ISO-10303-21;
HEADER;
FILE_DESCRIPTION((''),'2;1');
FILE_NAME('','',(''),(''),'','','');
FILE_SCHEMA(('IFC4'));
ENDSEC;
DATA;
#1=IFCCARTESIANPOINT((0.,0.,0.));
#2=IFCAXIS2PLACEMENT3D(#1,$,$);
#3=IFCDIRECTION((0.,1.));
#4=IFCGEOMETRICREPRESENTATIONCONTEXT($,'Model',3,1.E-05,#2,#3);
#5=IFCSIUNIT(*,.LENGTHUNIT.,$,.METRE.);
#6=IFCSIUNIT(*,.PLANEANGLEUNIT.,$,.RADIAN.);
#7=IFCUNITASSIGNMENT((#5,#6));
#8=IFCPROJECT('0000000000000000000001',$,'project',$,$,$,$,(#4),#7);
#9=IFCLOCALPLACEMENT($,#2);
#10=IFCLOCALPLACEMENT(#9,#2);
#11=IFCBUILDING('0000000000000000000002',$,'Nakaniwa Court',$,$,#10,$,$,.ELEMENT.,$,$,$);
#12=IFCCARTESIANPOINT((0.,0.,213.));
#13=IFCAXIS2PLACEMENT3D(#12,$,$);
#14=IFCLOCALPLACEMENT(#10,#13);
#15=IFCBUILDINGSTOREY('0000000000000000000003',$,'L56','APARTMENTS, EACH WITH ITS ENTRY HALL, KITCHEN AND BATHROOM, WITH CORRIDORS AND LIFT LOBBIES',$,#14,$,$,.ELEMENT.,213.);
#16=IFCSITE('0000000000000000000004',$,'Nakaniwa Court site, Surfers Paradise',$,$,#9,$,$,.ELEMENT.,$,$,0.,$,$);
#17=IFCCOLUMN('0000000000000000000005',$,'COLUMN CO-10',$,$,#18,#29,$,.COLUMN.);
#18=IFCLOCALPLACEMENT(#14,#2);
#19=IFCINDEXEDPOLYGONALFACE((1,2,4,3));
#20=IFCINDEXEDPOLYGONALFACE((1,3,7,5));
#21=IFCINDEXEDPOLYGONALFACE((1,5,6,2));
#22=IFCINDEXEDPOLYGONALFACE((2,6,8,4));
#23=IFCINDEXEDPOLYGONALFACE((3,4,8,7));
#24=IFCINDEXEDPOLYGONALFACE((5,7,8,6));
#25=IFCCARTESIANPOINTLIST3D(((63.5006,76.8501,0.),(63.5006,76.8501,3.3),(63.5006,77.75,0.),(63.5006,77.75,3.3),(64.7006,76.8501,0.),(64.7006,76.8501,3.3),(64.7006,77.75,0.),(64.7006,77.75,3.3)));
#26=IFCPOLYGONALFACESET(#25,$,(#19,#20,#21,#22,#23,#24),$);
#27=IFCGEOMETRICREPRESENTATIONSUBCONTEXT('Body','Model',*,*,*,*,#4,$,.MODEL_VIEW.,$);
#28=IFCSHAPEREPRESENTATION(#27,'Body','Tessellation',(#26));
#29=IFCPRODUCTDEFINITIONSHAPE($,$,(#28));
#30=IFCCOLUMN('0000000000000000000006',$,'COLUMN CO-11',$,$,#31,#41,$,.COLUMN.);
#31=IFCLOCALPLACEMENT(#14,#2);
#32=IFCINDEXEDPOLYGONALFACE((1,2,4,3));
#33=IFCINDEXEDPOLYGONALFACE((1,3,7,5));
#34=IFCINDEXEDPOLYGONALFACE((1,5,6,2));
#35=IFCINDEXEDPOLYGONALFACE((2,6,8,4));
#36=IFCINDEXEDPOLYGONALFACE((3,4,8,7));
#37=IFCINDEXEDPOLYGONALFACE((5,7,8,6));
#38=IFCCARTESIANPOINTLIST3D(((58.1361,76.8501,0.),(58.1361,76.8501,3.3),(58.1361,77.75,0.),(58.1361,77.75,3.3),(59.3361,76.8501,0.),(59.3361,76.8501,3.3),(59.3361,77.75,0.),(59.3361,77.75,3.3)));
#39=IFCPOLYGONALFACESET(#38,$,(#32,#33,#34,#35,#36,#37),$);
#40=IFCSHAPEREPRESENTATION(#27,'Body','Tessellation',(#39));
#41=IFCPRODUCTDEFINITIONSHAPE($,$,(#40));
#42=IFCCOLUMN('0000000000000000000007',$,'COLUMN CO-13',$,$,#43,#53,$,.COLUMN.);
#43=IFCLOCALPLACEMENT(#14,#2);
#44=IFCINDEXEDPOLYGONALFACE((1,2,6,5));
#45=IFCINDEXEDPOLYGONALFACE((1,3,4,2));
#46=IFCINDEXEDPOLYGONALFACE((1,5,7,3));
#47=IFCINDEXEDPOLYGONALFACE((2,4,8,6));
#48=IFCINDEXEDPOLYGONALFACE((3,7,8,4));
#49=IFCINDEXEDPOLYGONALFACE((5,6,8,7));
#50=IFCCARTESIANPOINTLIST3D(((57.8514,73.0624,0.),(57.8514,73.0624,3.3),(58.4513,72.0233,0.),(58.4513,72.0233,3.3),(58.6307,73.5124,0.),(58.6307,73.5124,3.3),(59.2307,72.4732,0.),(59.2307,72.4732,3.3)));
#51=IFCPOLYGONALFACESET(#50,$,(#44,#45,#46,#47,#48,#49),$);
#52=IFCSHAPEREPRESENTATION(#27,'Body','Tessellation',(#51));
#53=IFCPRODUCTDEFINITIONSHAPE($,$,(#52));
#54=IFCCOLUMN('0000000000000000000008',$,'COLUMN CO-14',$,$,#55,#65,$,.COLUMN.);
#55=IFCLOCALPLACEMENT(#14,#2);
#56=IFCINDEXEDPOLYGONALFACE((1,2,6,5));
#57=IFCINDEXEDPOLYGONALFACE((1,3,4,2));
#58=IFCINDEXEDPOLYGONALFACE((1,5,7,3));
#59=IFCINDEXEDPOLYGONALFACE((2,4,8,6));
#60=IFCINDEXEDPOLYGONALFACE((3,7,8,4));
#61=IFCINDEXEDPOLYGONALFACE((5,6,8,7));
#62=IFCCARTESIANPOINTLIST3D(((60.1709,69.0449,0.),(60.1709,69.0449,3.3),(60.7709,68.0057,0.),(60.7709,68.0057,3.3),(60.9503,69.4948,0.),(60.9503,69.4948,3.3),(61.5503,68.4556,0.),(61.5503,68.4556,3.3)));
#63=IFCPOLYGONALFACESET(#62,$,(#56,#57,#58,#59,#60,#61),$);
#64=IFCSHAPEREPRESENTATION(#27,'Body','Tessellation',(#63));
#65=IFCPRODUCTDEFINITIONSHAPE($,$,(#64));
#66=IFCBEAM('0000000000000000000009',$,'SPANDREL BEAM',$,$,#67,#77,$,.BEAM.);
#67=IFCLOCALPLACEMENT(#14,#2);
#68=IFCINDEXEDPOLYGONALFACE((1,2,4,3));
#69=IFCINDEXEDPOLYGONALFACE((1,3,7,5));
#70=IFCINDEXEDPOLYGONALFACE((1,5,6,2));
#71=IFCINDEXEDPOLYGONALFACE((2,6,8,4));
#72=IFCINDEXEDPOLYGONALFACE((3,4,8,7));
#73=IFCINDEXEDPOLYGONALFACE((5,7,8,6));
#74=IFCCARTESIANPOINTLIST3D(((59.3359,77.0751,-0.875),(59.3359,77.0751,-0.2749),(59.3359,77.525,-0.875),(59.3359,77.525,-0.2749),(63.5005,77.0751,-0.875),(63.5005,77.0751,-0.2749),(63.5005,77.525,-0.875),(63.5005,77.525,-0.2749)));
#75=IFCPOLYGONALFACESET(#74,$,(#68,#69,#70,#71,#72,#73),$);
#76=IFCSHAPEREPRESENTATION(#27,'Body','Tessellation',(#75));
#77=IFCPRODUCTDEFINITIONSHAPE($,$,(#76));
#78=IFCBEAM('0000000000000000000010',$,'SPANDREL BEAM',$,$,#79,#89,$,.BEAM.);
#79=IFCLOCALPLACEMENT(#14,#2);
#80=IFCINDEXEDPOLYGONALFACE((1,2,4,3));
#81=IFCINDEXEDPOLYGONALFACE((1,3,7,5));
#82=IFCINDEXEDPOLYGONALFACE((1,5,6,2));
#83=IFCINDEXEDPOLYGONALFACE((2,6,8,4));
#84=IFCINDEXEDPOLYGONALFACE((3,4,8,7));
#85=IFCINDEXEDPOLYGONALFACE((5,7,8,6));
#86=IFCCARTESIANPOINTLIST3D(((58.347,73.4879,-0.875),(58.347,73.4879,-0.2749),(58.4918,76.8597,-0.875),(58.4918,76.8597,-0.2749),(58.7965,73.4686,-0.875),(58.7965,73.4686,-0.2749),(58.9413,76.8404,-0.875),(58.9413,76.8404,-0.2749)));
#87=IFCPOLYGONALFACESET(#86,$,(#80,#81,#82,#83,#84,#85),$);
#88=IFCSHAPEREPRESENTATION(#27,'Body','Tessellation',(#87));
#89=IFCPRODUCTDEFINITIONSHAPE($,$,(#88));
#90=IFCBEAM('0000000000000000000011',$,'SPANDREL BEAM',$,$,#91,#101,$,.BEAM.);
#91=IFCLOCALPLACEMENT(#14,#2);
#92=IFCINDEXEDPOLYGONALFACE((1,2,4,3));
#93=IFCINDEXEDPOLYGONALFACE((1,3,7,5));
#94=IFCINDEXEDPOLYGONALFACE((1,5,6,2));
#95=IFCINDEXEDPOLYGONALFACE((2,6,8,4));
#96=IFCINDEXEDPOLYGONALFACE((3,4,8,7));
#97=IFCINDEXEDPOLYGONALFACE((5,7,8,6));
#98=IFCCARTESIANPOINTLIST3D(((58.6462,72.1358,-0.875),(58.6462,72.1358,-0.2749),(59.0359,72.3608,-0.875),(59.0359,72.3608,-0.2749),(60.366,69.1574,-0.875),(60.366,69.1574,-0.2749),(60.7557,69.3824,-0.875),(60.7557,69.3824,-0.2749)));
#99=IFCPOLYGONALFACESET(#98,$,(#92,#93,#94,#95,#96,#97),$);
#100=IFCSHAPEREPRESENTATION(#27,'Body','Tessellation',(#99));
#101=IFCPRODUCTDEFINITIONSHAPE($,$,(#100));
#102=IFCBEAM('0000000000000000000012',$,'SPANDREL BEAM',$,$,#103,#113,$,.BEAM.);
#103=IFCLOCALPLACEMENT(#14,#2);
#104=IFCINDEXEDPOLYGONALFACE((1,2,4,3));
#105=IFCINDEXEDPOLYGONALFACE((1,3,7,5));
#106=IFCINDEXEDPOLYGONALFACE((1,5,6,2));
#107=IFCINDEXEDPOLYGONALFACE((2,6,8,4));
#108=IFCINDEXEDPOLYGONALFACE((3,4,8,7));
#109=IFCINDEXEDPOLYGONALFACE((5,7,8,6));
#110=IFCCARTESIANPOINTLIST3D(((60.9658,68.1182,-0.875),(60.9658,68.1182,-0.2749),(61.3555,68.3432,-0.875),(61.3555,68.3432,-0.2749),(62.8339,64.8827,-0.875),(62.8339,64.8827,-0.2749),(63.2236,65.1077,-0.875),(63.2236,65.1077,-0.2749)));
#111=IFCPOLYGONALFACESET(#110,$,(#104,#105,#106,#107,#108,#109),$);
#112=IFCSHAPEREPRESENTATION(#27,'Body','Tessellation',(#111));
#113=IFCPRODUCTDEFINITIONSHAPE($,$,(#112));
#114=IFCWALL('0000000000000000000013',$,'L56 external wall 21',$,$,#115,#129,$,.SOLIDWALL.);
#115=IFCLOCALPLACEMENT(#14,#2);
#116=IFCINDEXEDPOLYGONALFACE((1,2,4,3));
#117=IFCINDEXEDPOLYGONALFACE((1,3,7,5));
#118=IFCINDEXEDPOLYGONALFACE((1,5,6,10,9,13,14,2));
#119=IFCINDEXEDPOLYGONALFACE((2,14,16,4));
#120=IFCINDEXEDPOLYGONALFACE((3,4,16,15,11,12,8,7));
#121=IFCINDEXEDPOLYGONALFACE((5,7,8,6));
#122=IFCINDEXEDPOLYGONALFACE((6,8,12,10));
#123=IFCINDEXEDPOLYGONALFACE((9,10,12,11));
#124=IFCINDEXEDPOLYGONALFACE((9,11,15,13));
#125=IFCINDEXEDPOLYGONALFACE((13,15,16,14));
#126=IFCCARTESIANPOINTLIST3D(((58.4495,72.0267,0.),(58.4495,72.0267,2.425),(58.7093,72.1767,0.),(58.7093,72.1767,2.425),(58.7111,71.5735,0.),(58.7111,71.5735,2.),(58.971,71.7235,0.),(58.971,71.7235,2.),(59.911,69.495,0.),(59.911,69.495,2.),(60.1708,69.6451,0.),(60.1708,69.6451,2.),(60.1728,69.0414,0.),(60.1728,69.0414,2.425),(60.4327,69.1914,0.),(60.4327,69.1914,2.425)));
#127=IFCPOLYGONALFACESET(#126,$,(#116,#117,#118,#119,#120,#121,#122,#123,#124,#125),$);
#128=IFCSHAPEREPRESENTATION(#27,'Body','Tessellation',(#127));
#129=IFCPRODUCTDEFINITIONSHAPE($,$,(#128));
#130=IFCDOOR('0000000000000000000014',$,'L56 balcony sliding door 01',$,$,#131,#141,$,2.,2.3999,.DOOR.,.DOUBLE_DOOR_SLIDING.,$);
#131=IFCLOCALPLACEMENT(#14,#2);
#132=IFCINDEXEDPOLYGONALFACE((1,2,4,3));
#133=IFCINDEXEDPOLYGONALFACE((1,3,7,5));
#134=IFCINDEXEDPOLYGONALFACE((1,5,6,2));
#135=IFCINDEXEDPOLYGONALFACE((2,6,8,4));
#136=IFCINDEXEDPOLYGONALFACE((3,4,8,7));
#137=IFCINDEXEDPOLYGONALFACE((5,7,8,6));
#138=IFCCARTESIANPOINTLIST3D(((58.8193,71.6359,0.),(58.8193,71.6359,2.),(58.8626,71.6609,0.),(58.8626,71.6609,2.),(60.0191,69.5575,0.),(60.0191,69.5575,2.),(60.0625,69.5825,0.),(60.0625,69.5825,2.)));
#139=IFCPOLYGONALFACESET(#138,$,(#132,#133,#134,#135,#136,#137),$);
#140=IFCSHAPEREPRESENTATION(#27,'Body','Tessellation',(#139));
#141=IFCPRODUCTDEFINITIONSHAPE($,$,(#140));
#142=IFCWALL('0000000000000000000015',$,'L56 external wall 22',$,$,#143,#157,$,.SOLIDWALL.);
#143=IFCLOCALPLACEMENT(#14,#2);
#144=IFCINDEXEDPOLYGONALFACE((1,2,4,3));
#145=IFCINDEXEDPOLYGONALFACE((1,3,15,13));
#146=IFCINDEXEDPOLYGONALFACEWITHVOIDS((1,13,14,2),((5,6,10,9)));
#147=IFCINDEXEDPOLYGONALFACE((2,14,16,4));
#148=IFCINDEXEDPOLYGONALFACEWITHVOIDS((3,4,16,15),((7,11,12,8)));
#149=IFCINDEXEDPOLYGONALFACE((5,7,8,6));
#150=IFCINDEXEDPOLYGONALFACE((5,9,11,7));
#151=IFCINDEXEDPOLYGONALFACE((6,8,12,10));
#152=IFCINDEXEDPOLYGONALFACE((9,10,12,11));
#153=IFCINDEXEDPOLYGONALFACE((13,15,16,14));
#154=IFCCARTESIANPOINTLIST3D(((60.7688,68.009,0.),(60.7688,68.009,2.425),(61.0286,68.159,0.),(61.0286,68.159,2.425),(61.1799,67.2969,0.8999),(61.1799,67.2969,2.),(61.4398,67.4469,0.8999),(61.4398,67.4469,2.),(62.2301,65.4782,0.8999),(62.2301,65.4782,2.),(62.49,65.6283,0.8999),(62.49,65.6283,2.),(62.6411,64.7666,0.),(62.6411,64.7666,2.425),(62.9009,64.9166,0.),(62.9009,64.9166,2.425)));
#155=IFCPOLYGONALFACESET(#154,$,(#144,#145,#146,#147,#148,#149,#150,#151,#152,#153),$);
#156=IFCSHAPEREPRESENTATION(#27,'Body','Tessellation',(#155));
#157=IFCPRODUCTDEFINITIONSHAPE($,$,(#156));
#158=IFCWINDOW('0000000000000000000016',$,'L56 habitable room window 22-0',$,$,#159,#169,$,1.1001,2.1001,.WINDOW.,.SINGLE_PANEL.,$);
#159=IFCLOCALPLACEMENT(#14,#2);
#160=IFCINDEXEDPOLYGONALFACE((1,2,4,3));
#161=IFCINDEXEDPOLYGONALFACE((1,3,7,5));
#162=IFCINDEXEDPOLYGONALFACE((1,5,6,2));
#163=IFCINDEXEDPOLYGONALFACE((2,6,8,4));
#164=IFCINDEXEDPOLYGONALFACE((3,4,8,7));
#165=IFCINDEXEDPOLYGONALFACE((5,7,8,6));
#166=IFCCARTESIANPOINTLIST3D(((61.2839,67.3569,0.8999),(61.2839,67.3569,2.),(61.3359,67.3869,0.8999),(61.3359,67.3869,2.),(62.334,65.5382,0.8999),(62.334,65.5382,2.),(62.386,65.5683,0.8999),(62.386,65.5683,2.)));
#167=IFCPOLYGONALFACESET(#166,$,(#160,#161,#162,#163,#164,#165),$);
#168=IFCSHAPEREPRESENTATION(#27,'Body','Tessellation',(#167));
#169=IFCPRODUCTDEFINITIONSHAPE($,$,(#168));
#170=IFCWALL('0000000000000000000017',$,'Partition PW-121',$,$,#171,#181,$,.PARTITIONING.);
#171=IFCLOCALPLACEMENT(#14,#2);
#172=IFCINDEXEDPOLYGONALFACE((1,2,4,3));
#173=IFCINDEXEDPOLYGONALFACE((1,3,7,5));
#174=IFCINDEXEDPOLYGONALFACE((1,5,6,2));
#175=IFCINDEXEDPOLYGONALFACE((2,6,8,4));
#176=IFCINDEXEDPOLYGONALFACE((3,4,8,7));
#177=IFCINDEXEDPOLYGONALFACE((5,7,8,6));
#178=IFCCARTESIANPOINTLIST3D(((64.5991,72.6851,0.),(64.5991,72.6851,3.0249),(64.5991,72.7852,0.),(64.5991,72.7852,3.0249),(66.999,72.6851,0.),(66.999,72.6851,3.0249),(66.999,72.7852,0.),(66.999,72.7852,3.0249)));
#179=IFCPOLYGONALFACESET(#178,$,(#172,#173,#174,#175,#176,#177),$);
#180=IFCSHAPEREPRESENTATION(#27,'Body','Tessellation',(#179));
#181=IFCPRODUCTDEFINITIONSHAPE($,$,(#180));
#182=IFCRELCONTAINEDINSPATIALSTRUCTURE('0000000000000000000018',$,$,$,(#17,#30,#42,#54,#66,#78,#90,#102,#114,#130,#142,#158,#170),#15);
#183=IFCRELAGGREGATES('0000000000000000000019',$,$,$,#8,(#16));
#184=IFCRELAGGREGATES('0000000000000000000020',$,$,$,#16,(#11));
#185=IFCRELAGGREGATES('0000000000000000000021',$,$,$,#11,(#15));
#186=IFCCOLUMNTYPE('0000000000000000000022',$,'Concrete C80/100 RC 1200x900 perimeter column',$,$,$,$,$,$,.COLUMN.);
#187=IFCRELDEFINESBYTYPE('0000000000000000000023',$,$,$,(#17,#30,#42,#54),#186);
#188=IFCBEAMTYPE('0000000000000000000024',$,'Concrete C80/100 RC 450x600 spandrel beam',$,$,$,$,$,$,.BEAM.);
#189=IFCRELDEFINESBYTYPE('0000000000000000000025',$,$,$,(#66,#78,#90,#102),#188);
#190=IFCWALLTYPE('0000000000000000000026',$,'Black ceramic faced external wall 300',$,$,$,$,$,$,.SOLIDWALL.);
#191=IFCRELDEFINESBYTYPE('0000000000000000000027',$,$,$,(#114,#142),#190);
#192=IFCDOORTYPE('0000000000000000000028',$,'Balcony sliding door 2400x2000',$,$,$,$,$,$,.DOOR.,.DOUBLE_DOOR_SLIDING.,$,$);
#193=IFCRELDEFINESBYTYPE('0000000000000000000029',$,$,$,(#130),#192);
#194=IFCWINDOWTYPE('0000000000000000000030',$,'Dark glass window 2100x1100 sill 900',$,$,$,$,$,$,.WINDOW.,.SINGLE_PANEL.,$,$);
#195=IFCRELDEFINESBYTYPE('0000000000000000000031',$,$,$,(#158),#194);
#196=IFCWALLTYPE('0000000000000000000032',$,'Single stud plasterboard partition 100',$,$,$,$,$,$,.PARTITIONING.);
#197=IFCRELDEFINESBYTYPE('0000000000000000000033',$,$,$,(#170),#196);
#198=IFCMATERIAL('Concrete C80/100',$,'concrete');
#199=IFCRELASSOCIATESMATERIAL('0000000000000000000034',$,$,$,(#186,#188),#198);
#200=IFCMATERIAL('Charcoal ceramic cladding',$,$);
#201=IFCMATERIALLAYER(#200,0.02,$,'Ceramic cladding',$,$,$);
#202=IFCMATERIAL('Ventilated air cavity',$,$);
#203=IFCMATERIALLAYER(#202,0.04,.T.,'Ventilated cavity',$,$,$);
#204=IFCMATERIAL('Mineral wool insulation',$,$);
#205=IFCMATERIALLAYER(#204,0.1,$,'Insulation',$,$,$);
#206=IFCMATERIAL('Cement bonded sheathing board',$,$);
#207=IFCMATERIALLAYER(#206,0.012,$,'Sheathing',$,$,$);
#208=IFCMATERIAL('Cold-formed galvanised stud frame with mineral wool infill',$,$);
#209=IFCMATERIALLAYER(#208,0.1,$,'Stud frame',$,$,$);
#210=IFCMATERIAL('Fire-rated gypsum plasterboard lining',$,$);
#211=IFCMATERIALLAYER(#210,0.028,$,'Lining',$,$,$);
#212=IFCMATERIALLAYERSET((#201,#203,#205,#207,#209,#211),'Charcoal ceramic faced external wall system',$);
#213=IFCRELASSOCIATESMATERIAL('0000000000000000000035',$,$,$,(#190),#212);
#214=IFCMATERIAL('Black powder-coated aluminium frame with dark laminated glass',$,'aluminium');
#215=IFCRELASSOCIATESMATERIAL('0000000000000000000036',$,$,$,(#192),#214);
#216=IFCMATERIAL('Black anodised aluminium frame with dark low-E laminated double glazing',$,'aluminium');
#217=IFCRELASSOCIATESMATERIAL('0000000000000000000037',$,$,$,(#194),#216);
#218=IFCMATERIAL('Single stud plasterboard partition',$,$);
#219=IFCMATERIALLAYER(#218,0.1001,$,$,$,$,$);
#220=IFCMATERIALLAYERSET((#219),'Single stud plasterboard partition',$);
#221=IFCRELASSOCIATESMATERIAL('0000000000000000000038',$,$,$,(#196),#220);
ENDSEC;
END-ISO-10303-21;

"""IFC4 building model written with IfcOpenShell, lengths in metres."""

from ifc_helpers import new_model, si_unit, direction, frame, frame_2d, origin, origin_2d, place, context, subcontext, project, spatial, rectangle, extrude, material, layer, layer_set, material_profile, profile_set, type_object, element, fill, save


model = new_model("IFC4")

# Units and contexts
model_context = context("Model", 3, precision=1e-05, world=origin(), true_north=direction((0.0, 1.0)))
body_context = subcontext(model_context, "Body", "Model", "MODEL_VIEW")
ifc_project = project(units=[si_unit("LENGTHUNIT", "METRE"), si_unit("PLANEANGLEUNIT", "RADIAN")], contexts=[model_context])

# Site, building, storey
site_placement = place(None, origin())
site = spatial("IfcSite", under=ifc_project, at=site_placement, Name="Nakaniwa Court site, Surfers Paradise", CompositionType="ELEMENT", RefElevation=0.0)
building_placement = place(site_placement, origin())
building = spatial("IfcBuilding", under=site, at=building_placement, Name="Nakaniwa Court", CompositionType="ELEMENT")
storey_placement = place(building_placement, frame((0.0, 0.0, 213.0)))
storey = spatial("IfcBuildingStorey", under=building, at=storey_placement, Name="L56", Description="APARTMENTS, EACH WITH ITS ENTRY HALL, KITCHEN AND BATHROOM, WITH CORRIDORS AND LIFT LOBBIES", CompositionType="ELEMENT", Elevation=213.0)

# Columns
ifc_material_1 = material(Name="Concrete C80/100", Category="concrete")
ifc_material_profile_1 = material_profile(ifc_material_1, rectangle(XDim=1.2, YDim=0.8999, at=origin_2d()), Name="Concrete C80/100 RC 1200x900 perimeter column")
ifc_profile_set_1 = profile_set([ifc_material_profile_1], Name="Concrete C80/100")
column_type = type_object("IfcColumnType", Name="Concrete C80/100 RC 1200x900 perimeter column", PredefinedType="COLUMN", material=ifc_profile_set_1)
for number, where, z_axis, x_axis, name in (
    (1, (64.1006, 77.3, 0.0), (0.0, 0.0, 1.0), (-1.0, 0.0, 0.0), "COLUMN CO-10"),
    (2, (58.7361, 77.3, 0.0), (0.0, 0.0, 1.0), (-1.0, 0.0, 0.0), "COLUMN CO-11"),
    (3, (58.541, 72.7678, 0.0), (0.0, 0.0, 1.0), (0.5, -0.866025, 0.0), "COLUMN CO-13"),
    (4, (60.8606, 68.7502, 0.0), (0.0, 0.0, 1.0), (0.5, -0.866025, 0.0), "COLUMN CO-14"),
):
    element("IfcColumn", number, at=place(storey_placement, frame(where, z_axis=z_axis, x_axis=x_axis)), inside=storey, type_object=column_type, Name=name, PredefinedType="COLUMN", context=body_context, shape_type="SweptSolid", body=[
        extrude(rectangle(XDim=1.2, YDim=0.8999, at=origin_2d()), origin(), (0.0, 0.0, 1.0), 3.3),
    ])

# Beams
ifc_material_profile_2 = material_profile(ifc_material_1, rectangle(XDim=0.45, YDim=0.6001, at=origin_2d()), Name="Concrete C80/100 RC 450x600 spandrel beam")
ifc_profile_set_2 = profile_set([ifc_material_profile_2], Name="Concrete C80/100")
beam_type = type_object("IfcBeamType", Name="Concrete C80/100 RC 450x600 spandrel beam", PredefinedType="BEAM", material=ifc_profile_set_2)
beam_1_placement = place(storey_placement, frame((63.5005, 77.3, -0.575), z_axis=(-1.0, 0.0, 0.0), x_axis=(0.0, -1.0, 0.0)))
element("IfcBeam", 5, at=beam_1_placement, inside=storey, type_object=beam_type, Name="SPANDREL BEAM", PredefinedType="BEAM", context=body_context, shape_type="SweptSolid", body=[
    extrude(rectangle(XDim=0.45, YDim=0.6001, at=origin_2d()), origin(), (0.0, 0.0, 1.0), 4.1646),
])
beam_2_placement = place(storey_placement, frame((58.7166, 76.8501, -0.575), z_axis=(-0.042897, -0.999079, 0.0), x_axis=(0.999079, -0.042897, 0.0)))
element("IfcBeam", 6, at=beam_2_placement, inside=storey, type_object=beam_type, Name="SPANDREL BEAM", PredefinedType="BEAM", context=body_context, shape_type="SweptSolid", body=[
    extrude(rectangle(XDim=0.45, YDim=0.6001, at=origin_2d()), origin(), (0.0, 0.0, 1.0), 3.375),
])
beam_3_placement = place(storey_placement, frame((58.8411, 72.2483, -0.575), z_axis=(0.500048, -0.865998, 0.0), x_axis=(0.865998, 0.500048, 0.0)))
element("IfcBeam", 7, at=beam_3_placement, inside=storey, type_object=beam_type, Name="SPANDREL BEAM", PredefinedType="BEAM", context=body_context, shape_type="SweptSolid", body=[
    extrude(rectangle(XDim=0.45, YDim=0.6001, at=origin_2d()), origin(), (0.0, 0.0, 1.0), 3.4392),
])
beam_4_placement = place(storey_placement, frame((61.1606, 68.2307, -0.575), z_axis=(0.500018, -0.866015, 0.0), x_axis=(0.866015, 0.500018, 0.0)))
element("IfcBeam", 8, at=beam_4_placement, inside=storey, type_object=beam_type, Name="SPANDREL BEAM", PredefinedType="BEAM", context=body_context, shape_type="SweptSolid", body=[
    extrude(rectangle(XDim=0.45, YDim=0.6001, at=origin_2d()), origin(), (0.0, 0.0, 1.0), 3.7361),
])

# Wall, opening, door
ifc_material_2 = material(Name="Charcoal ceramic cladding")
ifc_layer_1 = layer(ifc_material_2, 0.02, Name="Ceramic cladding")
ifc_material_3 = material(Name="Ventilated air cavity")
ifc_layer_2 = layer(ifc_material_3, 0.04, ventilated=True, Name="Ventilated cavity")
ifc_material_4 = material(Name="Mineral wool insulation")
ifc_layer_3 = layer(ifc_material_4, 0.1, Name="Insulation")
ifc_material_5 = material(Name="Cement bonded sheathing board")
ifc_layer_4 = layer(ifc_material_5, 0.012, Name="Sheathing")
ifc_material_6 = material(Name="Cold-formed galvanised stud frame with mineral wool infill")
ifc_layer_5 = layer(ifc_material_6, 0.1, Name="Stud frame")
ifc_material_7 = material(Name="Fire-rated gypsum plasterboard lining")
ifc_layer_6 = layer(ifc_material_7, 0.028, Name="Lining")
ifc_layer_set_1 = layer_set([ifc_layer_1, ifc_layer_2, ifc_layer_3, ifc_layer_4, ifc_layer_5, ifc_layer_6], Name="Charcoal ceramic faced external wall system")
wall_type_1 = type_object("IfcWallType", Name="Black ceramic faced external wall 300", PredefinedType="SOLIDWALL", material=ifc_layer_set_1)
wall_1_placement = place(storey_placement, frame((58.5793, 72.1018, 0.0), z_axis=(0.0, 0.0, 1.0), x_axis=(0.499955, -0.866051, 0.0)))
wall_1 = element("IfcWall", 9, at=wall_1_placement, inside=storey, type_object=wall_type_1, Name="L56 external wall 21", PredefinedType="SOLIDWALL", context=body_context, shape_type="SweptSolid", body=[
    extrude(rectangle(XDim=3.447, YDim=0.3, at=frame_2d((1.7236, 0.0))), origin(), (0.0, 0.0, 1.0), 2.425),
])
opening_1_placement = place(wall_1_placement, frame((0.5234, 0.0, 0.0)))
opening_1 = element("IfcOpeningElement", 10, at=opening_1_placement, cuts=wall_1, PredefinedType="OPENING", context=body_context, shape_type="SweptSolid", body=[
    extrude(rectangle(XDim=2.3999, YDim=2.0, at=frame_2d((1.2, 1.0))), frame((0.0, 0.1599, 0.0), z_axis=(0.0, -1.0, 0.0), x_axis=(1.0, 0.0, 0.0)), (0.0, 0.0, 1.0), 0.3201),
])
ifc_material_8 = material(Name="Black powder-coated aluminium frame with dark laminated glass", Category="aluminium")
door_type_1 = type_object("IfcDoorType", Name="Balcony sliding door 2400x2000", OperationType="DOUBLE_DOOR_SLIDING", PredefinedType="DOOR", material=ifc_material_8)
door_1_placement = place(opening_1_placement, origin())
door_1 = element("IfcDoor", 11, at=door_1_placement, inside=storey, type_object=door_type_1, Name="L56 balcony sliding door 01", OperationType="DOUBLE_DOOR_SLIDING", OverallHeight=2.0, OverallWidth=2.3999, PredefinedType="DOOR", context=body_context, shape_type="SweptSolid", body=[
    extrude(rectangle(XDim=2.3999, YDim=2.0, at=frame_2d((1.2, 1.0))), frame((0.0, 0.0249, 0.0), z_axis=(0.0, -1.0, 0.0), x_axis=(1.0, 0.0, 0.0)), (0.0, 0.0, 1.0), 0.05),
])
fill(opening_1, door_1)

# Wall, opening, window
wall_2_placement = place(storey_placement, frame((60.8987, 68.084, 0.0), z_axis=(0.0, 0.0, 1.0), x_axis=(0.500059, -0.865991, 0.0)))
wall_2 = element("IfcWall", 12, at=wall_2_placement, inside=storey, type_object=wall_type_1, Name="L56 external wall 22", PredefinedType="SOLIDWALL", context=body_context, shape_type="SweptSolid", body=[
    extrude(rectangle(XDim=3.7441, YDim=0.3, at=frame_2d((1.8721, 0.0))), origin(), (0.0, 0.0, 1.0), 2.425),
])
opening_2_placement = place(wall_2_placement, frame((0.8223, 0.0, 0.8999)))
opening_2 = element("IfcOpeningElement", 13, at=opening_2_placement, cuts=wall_2, PredefinedType="OPENING", context=body_context, shape_type="SweptSolid", body=[
    extrude(rectangle(XDim=2.1001, YDim=1.1001, at=frame_2d((1.05, 0.55))), frame((0.0, 0.1599, 0.0), z_axis=(0.0, -1.0, 0.0), x_axis=(1.0, 0.0, 0.0)), (0.0, 0.0, 1.0), 0.3201),
])
ifc_material_9 = material(Name="Black anodised aluminium frame with dark low-E laminated double glazing", Category="aluminium")
window_type = type_object("IfcWindowType", Name="Dark glass window 2100x1100 sill 900", PartitioningType="SINGLE_PANEL", PredefinedType="WINDOW", material=ifc_material_9)
window_placement = place(opening_2_placement, origin())
window = element("IfcWindow", 14, at=window_placement, inside=storey, type_object=window_type, Name="L56 habitable room window 22-0", OverallHeight=1.1001, OverallWidth=2.1001, PartitioningType="SINGLE_PANEL", PredefinedType="WINDOW", context=body_context, shape_type="SweptSolid", body=[
    extrude(rectangle(XDim=2.1001, YDim=1.1001, at=frame_2d((1.05, 0.55))), frame((0.0, 0.03, 0.0), z_axis=(0.0, -1.0, 0.0), x_axis=(1.0, 0.0, 0.0)), (0.0, 0.0, 1.0), 0.0601),
])
fill(opening_2, window)

# Wall
ifc_material_10 = material(Name="Single stud plasterboard partition")
ifc_layer_7 = layer(ifc_material_10, 0.1001)
ifc_layer_set_2 = layer_set([ifc_layer_7], Name="Single stud plasterboard partition")
wall_type_2 = type_object("IfcWallType", Name="Single stud plasterboard partition 100", PredefinedType="PARTITIONING", material=ifc_layer_set_2)
wall_3_placement = place(storey_placement, frame((64.5991, 72.7351, 0.0), z_axis=(0.0, 0.0, 1.0), x_axis=(1.0, 0.0, 0.0)))
element("IfcWall", 15, at=wall_3_placement, inside=storey, type_object=wall_type_2, Name="Partition PW-121", PredefinedType="PARTITIONING", context=body_context, shape_type="SweptSolid", body=[
    extrude(rectangle(XDim=2.3999, YDim=0.1001, at=frame_2d((1.2, 0.0))), origin(), (0.0, 0.0, 1.0), 3.0249),
])

save(model, "model.ifc")
